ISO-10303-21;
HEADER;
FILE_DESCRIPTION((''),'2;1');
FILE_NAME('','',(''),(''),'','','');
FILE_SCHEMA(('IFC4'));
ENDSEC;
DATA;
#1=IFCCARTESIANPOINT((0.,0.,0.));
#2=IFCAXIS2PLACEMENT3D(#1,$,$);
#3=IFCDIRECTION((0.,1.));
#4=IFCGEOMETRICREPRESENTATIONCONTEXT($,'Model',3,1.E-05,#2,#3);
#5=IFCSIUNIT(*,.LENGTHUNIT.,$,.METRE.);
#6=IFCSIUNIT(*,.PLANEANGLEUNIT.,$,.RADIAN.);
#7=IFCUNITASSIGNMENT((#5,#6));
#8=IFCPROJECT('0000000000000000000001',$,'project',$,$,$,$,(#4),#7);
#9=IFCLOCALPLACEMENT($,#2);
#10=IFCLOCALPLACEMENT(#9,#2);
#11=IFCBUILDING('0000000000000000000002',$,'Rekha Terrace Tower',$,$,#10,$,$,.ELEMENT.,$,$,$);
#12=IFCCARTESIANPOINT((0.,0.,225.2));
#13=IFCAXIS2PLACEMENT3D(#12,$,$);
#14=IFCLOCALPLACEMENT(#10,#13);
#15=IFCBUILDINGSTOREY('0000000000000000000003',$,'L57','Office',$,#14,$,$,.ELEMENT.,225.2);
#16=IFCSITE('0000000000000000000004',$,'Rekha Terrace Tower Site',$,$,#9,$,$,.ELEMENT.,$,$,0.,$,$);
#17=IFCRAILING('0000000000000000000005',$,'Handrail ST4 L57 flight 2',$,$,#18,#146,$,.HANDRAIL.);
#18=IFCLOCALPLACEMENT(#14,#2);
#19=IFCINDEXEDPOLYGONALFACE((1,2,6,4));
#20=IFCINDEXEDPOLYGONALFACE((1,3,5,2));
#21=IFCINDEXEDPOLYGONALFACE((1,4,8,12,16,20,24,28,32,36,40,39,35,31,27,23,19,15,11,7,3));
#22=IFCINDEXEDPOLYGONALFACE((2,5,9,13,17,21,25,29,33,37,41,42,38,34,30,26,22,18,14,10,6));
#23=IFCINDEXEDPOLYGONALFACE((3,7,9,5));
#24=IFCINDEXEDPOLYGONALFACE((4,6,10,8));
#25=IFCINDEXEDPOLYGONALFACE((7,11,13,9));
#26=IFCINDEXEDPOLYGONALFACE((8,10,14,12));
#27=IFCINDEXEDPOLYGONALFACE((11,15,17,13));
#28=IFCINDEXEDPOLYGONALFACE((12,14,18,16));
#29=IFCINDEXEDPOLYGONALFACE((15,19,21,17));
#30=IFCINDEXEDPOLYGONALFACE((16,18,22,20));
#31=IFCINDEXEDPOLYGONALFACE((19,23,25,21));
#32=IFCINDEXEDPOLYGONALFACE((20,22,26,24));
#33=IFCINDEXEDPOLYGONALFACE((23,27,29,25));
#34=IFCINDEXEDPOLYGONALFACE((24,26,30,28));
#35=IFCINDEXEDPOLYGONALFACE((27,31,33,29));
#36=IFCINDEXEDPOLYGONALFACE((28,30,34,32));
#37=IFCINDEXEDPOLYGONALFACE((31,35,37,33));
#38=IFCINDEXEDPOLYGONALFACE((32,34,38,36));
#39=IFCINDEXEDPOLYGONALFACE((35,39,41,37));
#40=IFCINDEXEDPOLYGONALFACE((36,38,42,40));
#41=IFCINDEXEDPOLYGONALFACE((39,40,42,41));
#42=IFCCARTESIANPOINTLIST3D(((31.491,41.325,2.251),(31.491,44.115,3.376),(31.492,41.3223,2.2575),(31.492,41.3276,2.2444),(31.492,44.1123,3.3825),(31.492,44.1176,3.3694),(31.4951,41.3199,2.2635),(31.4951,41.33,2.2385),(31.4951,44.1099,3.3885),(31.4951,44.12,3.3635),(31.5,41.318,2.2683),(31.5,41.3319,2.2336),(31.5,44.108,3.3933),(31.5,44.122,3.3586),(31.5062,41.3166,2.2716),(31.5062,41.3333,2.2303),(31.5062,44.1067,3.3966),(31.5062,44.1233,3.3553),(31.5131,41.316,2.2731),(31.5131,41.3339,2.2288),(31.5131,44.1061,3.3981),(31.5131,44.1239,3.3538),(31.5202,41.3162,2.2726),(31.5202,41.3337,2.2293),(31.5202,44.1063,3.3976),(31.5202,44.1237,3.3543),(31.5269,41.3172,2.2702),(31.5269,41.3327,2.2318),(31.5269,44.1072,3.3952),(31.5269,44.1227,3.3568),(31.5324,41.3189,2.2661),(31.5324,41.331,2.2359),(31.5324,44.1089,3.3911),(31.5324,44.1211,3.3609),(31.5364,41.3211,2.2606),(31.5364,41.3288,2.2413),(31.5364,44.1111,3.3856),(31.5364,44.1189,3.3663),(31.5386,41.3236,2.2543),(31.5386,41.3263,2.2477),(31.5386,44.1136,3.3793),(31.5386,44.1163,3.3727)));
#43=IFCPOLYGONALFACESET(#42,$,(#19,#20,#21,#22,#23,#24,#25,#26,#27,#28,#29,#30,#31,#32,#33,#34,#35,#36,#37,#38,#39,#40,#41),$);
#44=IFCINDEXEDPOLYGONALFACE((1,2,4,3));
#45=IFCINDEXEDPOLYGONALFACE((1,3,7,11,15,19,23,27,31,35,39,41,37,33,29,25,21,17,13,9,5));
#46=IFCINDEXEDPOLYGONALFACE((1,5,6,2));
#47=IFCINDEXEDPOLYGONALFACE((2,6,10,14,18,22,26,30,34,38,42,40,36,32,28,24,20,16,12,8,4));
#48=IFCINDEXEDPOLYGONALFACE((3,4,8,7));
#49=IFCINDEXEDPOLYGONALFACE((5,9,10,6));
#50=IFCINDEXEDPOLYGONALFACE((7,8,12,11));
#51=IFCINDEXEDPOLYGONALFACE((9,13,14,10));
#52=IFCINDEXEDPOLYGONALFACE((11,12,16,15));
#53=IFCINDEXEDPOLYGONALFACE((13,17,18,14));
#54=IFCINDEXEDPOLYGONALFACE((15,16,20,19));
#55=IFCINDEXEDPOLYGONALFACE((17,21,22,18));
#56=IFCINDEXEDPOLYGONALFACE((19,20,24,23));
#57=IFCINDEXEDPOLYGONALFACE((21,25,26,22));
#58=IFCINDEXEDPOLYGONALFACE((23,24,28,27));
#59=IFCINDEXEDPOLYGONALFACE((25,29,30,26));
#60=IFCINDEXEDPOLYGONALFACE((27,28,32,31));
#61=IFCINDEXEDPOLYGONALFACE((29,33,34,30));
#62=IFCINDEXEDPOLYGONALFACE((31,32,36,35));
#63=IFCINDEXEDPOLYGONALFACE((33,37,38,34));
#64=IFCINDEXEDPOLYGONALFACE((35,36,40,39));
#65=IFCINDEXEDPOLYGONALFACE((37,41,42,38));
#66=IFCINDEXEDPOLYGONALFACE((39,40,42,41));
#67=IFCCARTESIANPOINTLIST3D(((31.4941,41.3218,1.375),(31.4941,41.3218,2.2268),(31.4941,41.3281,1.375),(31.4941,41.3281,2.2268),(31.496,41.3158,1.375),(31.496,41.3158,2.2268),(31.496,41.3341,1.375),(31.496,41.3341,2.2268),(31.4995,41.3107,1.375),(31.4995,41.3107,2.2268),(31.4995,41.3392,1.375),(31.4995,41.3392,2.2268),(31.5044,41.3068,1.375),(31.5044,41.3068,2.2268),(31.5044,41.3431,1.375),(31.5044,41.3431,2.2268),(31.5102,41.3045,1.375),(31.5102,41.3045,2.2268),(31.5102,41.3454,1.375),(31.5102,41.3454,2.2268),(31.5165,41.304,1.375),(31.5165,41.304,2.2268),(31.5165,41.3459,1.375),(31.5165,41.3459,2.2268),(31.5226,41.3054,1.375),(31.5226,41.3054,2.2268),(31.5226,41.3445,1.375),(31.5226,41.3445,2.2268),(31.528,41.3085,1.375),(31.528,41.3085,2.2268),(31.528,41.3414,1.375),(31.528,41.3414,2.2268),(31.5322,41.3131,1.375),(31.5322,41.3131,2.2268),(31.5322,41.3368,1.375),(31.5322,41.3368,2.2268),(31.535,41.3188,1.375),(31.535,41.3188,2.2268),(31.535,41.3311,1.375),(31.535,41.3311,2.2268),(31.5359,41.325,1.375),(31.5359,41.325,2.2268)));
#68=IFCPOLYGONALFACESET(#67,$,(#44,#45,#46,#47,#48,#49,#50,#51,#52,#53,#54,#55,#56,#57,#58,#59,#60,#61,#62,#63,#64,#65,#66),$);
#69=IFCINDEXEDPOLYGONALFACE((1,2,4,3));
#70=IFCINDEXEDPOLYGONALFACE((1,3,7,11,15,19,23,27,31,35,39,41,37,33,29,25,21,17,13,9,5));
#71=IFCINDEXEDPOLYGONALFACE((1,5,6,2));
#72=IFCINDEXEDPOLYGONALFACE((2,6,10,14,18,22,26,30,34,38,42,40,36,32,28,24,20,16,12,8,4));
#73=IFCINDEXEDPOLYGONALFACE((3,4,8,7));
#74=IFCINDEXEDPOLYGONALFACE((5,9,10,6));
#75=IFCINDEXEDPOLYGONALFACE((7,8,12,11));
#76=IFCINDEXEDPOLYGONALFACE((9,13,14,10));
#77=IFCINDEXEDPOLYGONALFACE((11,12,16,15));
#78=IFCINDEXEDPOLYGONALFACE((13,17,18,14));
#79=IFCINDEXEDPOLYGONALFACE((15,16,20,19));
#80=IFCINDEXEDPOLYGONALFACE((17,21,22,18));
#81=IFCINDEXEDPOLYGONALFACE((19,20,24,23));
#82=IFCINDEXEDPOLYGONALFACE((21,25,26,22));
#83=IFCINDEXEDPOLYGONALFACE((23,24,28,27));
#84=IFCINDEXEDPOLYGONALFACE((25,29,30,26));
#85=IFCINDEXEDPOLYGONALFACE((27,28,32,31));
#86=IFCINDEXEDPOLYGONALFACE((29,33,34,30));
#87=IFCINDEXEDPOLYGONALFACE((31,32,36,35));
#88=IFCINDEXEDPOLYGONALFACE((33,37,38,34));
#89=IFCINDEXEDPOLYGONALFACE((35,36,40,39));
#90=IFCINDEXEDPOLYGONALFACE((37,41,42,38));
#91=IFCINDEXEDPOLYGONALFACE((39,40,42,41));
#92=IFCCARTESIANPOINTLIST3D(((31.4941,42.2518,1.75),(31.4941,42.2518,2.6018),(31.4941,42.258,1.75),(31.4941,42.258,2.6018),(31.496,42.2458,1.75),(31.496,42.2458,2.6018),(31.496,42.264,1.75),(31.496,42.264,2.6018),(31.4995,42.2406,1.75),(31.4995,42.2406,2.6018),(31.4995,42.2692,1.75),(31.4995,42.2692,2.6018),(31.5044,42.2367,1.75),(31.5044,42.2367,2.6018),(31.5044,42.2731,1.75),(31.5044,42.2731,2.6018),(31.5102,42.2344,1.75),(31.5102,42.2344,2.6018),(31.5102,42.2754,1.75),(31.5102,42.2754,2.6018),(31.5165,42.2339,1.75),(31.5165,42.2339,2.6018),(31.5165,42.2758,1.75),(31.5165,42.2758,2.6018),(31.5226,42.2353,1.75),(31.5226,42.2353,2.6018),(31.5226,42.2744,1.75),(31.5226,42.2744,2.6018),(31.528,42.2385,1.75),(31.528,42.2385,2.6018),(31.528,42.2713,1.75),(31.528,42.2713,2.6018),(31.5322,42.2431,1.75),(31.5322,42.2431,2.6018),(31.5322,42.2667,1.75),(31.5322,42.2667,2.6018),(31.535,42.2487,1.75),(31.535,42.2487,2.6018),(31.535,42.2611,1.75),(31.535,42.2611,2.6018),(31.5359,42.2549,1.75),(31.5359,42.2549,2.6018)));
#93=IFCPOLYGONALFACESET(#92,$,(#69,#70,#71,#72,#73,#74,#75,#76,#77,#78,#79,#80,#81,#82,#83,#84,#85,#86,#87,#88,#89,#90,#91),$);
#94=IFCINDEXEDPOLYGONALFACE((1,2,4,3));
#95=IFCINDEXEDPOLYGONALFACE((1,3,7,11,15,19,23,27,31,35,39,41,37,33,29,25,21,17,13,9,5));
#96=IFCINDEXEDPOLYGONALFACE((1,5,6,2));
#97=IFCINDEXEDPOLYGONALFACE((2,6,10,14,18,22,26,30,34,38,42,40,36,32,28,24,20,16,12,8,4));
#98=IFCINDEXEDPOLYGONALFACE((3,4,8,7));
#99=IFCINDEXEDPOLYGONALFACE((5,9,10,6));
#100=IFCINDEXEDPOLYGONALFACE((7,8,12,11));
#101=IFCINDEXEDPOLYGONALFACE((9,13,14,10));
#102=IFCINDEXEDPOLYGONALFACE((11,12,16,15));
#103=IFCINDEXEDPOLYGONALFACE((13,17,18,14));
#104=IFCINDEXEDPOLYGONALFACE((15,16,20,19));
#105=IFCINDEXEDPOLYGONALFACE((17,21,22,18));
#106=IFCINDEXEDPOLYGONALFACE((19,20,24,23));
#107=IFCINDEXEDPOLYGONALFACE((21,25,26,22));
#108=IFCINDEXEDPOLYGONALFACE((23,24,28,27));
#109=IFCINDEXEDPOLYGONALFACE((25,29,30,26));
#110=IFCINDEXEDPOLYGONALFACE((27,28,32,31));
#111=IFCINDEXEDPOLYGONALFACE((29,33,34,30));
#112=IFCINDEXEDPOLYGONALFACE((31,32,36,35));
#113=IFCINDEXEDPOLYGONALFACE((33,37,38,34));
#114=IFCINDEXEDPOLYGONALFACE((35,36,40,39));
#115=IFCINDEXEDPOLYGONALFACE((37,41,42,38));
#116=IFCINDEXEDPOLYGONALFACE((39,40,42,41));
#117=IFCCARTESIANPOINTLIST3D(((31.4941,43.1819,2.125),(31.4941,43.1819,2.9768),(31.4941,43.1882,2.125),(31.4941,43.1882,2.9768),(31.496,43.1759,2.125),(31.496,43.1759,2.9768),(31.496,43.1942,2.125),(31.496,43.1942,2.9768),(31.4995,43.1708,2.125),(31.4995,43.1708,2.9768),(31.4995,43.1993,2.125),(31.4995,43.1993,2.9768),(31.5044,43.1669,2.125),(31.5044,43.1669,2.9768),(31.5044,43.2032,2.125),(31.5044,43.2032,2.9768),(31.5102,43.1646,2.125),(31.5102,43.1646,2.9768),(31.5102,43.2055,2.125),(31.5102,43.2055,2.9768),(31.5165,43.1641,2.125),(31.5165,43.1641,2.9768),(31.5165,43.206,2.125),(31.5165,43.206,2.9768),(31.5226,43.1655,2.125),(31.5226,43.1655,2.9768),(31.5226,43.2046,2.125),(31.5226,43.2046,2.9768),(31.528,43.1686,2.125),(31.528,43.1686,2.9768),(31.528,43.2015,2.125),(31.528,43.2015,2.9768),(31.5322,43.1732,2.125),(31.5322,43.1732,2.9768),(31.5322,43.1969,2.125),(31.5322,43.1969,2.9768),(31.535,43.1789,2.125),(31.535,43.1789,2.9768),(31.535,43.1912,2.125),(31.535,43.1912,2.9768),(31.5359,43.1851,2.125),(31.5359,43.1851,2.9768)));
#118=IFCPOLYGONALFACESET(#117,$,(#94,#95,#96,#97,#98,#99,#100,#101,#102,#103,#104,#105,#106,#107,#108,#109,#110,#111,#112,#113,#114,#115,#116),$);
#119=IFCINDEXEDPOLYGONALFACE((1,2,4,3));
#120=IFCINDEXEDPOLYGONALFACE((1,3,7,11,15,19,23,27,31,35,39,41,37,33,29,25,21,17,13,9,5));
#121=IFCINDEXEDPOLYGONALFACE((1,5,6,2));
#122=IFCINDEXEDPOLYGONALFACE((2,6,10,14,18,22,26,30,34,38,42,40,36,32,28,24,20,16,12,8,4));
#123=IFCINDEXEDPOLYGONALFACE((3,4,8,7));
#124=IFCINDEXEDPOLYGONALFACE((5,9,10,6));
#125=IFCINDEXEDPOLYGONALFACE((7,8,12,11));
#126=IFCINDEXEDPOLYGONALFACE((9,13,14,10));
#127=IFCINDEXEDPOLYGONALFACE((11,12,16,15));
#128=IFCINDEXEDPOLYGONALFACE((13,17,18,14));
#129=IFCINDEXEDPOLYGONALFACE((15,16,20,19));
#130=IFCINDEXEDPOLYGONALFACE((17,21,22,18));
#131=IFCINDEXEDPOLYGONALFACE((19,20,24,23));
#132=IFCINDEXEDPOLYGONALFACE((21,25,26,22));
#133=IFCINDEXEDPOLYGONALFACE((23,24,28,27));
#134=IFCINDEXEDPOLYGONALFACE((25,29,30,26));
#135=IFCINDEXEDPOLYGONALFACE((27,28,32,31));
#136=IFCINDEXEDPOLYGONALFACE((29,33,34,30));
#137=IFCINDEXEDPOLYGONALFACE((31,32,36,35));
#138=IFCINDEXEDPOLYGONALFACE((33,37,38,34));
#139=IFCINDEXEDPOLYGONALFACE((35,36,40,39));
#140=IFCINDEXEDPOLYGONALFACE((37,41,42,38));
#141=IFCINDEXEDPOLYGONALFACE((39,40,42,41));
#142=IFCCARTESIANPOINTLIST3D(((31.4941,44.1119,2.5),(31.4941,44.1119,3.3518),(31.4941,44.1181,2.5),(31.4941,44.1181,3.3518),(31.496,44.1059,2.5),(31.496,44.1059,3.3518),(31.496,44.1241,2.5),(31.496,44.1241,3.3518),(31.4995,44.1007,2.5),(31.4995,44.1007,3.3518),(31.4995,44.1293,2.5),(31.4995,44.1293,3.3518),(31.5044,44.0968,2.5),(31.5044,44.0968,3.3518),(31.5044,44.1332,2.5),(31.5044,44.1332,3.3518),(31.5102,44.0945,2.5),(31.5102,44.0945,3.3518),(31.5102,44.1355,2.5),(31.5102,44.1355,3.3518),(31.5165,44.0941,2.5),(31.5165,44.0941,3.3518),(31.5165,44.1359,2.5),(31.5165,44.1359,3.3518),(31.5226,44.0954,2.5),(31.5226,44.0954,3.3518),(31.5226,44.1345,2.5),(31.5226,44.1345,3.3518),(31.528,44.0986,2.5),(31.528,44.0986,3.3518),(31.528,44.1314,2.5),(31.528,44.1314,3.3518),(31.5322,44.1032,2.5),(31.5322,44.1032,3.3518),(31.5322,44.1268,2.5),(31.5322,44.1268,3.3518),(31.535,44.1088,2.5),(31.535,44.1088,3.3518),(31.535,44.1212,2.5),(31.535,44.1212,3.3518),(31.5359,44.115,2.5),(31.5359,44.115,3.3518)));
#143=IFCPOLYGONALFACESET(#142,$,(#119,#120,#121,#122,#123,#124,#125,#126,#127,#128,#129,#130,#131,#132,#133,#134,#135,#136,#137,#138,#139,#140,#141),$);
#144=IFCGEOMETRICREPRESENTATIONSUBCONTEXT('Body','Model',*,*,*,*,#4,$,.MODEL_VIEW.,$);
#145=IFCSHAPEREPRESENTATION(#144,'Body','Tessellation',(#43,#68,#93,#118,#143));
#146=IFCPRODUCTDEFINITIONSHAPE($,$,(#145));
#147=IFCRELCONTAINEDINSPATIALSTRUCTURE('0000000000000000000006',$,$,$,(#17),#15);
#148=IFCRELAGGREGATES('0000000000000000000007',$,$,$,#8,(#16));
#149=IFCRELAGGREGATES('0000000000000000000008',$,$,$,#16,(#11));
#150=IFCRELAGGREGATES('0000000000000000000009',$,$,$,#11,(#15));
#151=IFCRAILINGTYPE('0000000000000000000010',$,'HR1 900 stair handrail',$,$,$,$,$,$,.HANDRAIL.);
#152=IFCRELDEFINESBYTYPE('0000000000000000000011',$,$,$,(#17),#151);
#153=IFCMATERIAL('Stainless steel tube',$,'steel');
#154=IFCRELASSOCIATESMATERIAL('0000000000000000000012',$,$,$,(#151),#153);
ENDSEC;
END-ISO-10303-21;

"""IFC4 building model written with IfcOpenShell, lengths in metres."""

from ifc_helpers import new_model, si_unit, direction, frame, origin, origin_2d, place, context, subcontext, project, spatial, circle, extrude, material, type_object, element, save


model = new_model("IFC4")

# Units and contexts
model_context = context("Model", 3, precision=1e-05, world=origin(), true_north=direction((0.0, 1.0)))
body_context = subcontext(model_context, "Body", "Model", "MODEL_VIEW")
ifc_project = project(units=[si_unit("LENGTHUNIT", "METRE"), si_unit("PLANEANGLEUNIT", "RADIAN")], contexts=[model_context])

# Site, building, storey
site_placement = place(None, origin())
site = spatial("IfcSite", under=ifc_project, at=site_placement, Name="Rekha Terrace Tower Site", CompositionType="ELEMENT", RefElevation=0.0)
building_placement = place(site_placement, origin())
building = spatial("IfcBuilding", under=site, at=building_placement, Name="Rekha Terrace Tower", CompositionType="ELEMENT")
storey_placement = place(building_placement, frame((0.0, 0.0, 225.2)))
storey = spatial("IfcBuildingStorey", under=building, at=storey_placement, Name="L57", Description="Office", CompositionType="ELEMENT", Elevation=225.2)

# Railing
ifc_material_1 = material(Name="Stainless steel tube", Category="steel")
railing_type_1 = type_object("IfcRailingType", Name="HR1 900 stair handrail", PredefinedType="HANDRAIL", material=ifc_material_1)
railing_1_placement = place(storey_placement, frame((31.5149, 41.325, 1.375)))
element("IfcRailing", 1, at=railing_1_placement, inside=storey, type_object=railing_type_1, Name="Handrail ST4 L57 flight 2", PredefinedType="HANDRAIL", context=body_context, shape_type="SweptSolid", body=[
    extrude(circle(Radius=0.0239, at=origin_2d()), frame((0.0, 0.0, 0.876), z_axis=(0.0, 0.927443, 0.373964), x_axis=(-1.0, 0.0, 0.0)), (0.0, 0.0, 1.0), 3.0083),
    extrude(circle(Radius=0.021, at=origin_2d()), origin(), (0.0, 0.0, 1.0), 0.8518),
    extrude(circle(Radius=0.021, at=origin_2d()), frame((0.0, 0.9299, 0.375)), (0.0, 0.0, 1.0), 0.8518),
    extrude(circle(Radius=0.021, at=origin_2d()), frame((0.0, 1.8601, 0.75)), (0.0, 0.0, 1.0), 0.8518),
    extrude(circle(Radius=0.021, at=origin_2d()), frame((0.0, 2.79, 1.125)), (0.0, 0.0, 1.0), 0.8518),
])

save(model, "model.ifc")
